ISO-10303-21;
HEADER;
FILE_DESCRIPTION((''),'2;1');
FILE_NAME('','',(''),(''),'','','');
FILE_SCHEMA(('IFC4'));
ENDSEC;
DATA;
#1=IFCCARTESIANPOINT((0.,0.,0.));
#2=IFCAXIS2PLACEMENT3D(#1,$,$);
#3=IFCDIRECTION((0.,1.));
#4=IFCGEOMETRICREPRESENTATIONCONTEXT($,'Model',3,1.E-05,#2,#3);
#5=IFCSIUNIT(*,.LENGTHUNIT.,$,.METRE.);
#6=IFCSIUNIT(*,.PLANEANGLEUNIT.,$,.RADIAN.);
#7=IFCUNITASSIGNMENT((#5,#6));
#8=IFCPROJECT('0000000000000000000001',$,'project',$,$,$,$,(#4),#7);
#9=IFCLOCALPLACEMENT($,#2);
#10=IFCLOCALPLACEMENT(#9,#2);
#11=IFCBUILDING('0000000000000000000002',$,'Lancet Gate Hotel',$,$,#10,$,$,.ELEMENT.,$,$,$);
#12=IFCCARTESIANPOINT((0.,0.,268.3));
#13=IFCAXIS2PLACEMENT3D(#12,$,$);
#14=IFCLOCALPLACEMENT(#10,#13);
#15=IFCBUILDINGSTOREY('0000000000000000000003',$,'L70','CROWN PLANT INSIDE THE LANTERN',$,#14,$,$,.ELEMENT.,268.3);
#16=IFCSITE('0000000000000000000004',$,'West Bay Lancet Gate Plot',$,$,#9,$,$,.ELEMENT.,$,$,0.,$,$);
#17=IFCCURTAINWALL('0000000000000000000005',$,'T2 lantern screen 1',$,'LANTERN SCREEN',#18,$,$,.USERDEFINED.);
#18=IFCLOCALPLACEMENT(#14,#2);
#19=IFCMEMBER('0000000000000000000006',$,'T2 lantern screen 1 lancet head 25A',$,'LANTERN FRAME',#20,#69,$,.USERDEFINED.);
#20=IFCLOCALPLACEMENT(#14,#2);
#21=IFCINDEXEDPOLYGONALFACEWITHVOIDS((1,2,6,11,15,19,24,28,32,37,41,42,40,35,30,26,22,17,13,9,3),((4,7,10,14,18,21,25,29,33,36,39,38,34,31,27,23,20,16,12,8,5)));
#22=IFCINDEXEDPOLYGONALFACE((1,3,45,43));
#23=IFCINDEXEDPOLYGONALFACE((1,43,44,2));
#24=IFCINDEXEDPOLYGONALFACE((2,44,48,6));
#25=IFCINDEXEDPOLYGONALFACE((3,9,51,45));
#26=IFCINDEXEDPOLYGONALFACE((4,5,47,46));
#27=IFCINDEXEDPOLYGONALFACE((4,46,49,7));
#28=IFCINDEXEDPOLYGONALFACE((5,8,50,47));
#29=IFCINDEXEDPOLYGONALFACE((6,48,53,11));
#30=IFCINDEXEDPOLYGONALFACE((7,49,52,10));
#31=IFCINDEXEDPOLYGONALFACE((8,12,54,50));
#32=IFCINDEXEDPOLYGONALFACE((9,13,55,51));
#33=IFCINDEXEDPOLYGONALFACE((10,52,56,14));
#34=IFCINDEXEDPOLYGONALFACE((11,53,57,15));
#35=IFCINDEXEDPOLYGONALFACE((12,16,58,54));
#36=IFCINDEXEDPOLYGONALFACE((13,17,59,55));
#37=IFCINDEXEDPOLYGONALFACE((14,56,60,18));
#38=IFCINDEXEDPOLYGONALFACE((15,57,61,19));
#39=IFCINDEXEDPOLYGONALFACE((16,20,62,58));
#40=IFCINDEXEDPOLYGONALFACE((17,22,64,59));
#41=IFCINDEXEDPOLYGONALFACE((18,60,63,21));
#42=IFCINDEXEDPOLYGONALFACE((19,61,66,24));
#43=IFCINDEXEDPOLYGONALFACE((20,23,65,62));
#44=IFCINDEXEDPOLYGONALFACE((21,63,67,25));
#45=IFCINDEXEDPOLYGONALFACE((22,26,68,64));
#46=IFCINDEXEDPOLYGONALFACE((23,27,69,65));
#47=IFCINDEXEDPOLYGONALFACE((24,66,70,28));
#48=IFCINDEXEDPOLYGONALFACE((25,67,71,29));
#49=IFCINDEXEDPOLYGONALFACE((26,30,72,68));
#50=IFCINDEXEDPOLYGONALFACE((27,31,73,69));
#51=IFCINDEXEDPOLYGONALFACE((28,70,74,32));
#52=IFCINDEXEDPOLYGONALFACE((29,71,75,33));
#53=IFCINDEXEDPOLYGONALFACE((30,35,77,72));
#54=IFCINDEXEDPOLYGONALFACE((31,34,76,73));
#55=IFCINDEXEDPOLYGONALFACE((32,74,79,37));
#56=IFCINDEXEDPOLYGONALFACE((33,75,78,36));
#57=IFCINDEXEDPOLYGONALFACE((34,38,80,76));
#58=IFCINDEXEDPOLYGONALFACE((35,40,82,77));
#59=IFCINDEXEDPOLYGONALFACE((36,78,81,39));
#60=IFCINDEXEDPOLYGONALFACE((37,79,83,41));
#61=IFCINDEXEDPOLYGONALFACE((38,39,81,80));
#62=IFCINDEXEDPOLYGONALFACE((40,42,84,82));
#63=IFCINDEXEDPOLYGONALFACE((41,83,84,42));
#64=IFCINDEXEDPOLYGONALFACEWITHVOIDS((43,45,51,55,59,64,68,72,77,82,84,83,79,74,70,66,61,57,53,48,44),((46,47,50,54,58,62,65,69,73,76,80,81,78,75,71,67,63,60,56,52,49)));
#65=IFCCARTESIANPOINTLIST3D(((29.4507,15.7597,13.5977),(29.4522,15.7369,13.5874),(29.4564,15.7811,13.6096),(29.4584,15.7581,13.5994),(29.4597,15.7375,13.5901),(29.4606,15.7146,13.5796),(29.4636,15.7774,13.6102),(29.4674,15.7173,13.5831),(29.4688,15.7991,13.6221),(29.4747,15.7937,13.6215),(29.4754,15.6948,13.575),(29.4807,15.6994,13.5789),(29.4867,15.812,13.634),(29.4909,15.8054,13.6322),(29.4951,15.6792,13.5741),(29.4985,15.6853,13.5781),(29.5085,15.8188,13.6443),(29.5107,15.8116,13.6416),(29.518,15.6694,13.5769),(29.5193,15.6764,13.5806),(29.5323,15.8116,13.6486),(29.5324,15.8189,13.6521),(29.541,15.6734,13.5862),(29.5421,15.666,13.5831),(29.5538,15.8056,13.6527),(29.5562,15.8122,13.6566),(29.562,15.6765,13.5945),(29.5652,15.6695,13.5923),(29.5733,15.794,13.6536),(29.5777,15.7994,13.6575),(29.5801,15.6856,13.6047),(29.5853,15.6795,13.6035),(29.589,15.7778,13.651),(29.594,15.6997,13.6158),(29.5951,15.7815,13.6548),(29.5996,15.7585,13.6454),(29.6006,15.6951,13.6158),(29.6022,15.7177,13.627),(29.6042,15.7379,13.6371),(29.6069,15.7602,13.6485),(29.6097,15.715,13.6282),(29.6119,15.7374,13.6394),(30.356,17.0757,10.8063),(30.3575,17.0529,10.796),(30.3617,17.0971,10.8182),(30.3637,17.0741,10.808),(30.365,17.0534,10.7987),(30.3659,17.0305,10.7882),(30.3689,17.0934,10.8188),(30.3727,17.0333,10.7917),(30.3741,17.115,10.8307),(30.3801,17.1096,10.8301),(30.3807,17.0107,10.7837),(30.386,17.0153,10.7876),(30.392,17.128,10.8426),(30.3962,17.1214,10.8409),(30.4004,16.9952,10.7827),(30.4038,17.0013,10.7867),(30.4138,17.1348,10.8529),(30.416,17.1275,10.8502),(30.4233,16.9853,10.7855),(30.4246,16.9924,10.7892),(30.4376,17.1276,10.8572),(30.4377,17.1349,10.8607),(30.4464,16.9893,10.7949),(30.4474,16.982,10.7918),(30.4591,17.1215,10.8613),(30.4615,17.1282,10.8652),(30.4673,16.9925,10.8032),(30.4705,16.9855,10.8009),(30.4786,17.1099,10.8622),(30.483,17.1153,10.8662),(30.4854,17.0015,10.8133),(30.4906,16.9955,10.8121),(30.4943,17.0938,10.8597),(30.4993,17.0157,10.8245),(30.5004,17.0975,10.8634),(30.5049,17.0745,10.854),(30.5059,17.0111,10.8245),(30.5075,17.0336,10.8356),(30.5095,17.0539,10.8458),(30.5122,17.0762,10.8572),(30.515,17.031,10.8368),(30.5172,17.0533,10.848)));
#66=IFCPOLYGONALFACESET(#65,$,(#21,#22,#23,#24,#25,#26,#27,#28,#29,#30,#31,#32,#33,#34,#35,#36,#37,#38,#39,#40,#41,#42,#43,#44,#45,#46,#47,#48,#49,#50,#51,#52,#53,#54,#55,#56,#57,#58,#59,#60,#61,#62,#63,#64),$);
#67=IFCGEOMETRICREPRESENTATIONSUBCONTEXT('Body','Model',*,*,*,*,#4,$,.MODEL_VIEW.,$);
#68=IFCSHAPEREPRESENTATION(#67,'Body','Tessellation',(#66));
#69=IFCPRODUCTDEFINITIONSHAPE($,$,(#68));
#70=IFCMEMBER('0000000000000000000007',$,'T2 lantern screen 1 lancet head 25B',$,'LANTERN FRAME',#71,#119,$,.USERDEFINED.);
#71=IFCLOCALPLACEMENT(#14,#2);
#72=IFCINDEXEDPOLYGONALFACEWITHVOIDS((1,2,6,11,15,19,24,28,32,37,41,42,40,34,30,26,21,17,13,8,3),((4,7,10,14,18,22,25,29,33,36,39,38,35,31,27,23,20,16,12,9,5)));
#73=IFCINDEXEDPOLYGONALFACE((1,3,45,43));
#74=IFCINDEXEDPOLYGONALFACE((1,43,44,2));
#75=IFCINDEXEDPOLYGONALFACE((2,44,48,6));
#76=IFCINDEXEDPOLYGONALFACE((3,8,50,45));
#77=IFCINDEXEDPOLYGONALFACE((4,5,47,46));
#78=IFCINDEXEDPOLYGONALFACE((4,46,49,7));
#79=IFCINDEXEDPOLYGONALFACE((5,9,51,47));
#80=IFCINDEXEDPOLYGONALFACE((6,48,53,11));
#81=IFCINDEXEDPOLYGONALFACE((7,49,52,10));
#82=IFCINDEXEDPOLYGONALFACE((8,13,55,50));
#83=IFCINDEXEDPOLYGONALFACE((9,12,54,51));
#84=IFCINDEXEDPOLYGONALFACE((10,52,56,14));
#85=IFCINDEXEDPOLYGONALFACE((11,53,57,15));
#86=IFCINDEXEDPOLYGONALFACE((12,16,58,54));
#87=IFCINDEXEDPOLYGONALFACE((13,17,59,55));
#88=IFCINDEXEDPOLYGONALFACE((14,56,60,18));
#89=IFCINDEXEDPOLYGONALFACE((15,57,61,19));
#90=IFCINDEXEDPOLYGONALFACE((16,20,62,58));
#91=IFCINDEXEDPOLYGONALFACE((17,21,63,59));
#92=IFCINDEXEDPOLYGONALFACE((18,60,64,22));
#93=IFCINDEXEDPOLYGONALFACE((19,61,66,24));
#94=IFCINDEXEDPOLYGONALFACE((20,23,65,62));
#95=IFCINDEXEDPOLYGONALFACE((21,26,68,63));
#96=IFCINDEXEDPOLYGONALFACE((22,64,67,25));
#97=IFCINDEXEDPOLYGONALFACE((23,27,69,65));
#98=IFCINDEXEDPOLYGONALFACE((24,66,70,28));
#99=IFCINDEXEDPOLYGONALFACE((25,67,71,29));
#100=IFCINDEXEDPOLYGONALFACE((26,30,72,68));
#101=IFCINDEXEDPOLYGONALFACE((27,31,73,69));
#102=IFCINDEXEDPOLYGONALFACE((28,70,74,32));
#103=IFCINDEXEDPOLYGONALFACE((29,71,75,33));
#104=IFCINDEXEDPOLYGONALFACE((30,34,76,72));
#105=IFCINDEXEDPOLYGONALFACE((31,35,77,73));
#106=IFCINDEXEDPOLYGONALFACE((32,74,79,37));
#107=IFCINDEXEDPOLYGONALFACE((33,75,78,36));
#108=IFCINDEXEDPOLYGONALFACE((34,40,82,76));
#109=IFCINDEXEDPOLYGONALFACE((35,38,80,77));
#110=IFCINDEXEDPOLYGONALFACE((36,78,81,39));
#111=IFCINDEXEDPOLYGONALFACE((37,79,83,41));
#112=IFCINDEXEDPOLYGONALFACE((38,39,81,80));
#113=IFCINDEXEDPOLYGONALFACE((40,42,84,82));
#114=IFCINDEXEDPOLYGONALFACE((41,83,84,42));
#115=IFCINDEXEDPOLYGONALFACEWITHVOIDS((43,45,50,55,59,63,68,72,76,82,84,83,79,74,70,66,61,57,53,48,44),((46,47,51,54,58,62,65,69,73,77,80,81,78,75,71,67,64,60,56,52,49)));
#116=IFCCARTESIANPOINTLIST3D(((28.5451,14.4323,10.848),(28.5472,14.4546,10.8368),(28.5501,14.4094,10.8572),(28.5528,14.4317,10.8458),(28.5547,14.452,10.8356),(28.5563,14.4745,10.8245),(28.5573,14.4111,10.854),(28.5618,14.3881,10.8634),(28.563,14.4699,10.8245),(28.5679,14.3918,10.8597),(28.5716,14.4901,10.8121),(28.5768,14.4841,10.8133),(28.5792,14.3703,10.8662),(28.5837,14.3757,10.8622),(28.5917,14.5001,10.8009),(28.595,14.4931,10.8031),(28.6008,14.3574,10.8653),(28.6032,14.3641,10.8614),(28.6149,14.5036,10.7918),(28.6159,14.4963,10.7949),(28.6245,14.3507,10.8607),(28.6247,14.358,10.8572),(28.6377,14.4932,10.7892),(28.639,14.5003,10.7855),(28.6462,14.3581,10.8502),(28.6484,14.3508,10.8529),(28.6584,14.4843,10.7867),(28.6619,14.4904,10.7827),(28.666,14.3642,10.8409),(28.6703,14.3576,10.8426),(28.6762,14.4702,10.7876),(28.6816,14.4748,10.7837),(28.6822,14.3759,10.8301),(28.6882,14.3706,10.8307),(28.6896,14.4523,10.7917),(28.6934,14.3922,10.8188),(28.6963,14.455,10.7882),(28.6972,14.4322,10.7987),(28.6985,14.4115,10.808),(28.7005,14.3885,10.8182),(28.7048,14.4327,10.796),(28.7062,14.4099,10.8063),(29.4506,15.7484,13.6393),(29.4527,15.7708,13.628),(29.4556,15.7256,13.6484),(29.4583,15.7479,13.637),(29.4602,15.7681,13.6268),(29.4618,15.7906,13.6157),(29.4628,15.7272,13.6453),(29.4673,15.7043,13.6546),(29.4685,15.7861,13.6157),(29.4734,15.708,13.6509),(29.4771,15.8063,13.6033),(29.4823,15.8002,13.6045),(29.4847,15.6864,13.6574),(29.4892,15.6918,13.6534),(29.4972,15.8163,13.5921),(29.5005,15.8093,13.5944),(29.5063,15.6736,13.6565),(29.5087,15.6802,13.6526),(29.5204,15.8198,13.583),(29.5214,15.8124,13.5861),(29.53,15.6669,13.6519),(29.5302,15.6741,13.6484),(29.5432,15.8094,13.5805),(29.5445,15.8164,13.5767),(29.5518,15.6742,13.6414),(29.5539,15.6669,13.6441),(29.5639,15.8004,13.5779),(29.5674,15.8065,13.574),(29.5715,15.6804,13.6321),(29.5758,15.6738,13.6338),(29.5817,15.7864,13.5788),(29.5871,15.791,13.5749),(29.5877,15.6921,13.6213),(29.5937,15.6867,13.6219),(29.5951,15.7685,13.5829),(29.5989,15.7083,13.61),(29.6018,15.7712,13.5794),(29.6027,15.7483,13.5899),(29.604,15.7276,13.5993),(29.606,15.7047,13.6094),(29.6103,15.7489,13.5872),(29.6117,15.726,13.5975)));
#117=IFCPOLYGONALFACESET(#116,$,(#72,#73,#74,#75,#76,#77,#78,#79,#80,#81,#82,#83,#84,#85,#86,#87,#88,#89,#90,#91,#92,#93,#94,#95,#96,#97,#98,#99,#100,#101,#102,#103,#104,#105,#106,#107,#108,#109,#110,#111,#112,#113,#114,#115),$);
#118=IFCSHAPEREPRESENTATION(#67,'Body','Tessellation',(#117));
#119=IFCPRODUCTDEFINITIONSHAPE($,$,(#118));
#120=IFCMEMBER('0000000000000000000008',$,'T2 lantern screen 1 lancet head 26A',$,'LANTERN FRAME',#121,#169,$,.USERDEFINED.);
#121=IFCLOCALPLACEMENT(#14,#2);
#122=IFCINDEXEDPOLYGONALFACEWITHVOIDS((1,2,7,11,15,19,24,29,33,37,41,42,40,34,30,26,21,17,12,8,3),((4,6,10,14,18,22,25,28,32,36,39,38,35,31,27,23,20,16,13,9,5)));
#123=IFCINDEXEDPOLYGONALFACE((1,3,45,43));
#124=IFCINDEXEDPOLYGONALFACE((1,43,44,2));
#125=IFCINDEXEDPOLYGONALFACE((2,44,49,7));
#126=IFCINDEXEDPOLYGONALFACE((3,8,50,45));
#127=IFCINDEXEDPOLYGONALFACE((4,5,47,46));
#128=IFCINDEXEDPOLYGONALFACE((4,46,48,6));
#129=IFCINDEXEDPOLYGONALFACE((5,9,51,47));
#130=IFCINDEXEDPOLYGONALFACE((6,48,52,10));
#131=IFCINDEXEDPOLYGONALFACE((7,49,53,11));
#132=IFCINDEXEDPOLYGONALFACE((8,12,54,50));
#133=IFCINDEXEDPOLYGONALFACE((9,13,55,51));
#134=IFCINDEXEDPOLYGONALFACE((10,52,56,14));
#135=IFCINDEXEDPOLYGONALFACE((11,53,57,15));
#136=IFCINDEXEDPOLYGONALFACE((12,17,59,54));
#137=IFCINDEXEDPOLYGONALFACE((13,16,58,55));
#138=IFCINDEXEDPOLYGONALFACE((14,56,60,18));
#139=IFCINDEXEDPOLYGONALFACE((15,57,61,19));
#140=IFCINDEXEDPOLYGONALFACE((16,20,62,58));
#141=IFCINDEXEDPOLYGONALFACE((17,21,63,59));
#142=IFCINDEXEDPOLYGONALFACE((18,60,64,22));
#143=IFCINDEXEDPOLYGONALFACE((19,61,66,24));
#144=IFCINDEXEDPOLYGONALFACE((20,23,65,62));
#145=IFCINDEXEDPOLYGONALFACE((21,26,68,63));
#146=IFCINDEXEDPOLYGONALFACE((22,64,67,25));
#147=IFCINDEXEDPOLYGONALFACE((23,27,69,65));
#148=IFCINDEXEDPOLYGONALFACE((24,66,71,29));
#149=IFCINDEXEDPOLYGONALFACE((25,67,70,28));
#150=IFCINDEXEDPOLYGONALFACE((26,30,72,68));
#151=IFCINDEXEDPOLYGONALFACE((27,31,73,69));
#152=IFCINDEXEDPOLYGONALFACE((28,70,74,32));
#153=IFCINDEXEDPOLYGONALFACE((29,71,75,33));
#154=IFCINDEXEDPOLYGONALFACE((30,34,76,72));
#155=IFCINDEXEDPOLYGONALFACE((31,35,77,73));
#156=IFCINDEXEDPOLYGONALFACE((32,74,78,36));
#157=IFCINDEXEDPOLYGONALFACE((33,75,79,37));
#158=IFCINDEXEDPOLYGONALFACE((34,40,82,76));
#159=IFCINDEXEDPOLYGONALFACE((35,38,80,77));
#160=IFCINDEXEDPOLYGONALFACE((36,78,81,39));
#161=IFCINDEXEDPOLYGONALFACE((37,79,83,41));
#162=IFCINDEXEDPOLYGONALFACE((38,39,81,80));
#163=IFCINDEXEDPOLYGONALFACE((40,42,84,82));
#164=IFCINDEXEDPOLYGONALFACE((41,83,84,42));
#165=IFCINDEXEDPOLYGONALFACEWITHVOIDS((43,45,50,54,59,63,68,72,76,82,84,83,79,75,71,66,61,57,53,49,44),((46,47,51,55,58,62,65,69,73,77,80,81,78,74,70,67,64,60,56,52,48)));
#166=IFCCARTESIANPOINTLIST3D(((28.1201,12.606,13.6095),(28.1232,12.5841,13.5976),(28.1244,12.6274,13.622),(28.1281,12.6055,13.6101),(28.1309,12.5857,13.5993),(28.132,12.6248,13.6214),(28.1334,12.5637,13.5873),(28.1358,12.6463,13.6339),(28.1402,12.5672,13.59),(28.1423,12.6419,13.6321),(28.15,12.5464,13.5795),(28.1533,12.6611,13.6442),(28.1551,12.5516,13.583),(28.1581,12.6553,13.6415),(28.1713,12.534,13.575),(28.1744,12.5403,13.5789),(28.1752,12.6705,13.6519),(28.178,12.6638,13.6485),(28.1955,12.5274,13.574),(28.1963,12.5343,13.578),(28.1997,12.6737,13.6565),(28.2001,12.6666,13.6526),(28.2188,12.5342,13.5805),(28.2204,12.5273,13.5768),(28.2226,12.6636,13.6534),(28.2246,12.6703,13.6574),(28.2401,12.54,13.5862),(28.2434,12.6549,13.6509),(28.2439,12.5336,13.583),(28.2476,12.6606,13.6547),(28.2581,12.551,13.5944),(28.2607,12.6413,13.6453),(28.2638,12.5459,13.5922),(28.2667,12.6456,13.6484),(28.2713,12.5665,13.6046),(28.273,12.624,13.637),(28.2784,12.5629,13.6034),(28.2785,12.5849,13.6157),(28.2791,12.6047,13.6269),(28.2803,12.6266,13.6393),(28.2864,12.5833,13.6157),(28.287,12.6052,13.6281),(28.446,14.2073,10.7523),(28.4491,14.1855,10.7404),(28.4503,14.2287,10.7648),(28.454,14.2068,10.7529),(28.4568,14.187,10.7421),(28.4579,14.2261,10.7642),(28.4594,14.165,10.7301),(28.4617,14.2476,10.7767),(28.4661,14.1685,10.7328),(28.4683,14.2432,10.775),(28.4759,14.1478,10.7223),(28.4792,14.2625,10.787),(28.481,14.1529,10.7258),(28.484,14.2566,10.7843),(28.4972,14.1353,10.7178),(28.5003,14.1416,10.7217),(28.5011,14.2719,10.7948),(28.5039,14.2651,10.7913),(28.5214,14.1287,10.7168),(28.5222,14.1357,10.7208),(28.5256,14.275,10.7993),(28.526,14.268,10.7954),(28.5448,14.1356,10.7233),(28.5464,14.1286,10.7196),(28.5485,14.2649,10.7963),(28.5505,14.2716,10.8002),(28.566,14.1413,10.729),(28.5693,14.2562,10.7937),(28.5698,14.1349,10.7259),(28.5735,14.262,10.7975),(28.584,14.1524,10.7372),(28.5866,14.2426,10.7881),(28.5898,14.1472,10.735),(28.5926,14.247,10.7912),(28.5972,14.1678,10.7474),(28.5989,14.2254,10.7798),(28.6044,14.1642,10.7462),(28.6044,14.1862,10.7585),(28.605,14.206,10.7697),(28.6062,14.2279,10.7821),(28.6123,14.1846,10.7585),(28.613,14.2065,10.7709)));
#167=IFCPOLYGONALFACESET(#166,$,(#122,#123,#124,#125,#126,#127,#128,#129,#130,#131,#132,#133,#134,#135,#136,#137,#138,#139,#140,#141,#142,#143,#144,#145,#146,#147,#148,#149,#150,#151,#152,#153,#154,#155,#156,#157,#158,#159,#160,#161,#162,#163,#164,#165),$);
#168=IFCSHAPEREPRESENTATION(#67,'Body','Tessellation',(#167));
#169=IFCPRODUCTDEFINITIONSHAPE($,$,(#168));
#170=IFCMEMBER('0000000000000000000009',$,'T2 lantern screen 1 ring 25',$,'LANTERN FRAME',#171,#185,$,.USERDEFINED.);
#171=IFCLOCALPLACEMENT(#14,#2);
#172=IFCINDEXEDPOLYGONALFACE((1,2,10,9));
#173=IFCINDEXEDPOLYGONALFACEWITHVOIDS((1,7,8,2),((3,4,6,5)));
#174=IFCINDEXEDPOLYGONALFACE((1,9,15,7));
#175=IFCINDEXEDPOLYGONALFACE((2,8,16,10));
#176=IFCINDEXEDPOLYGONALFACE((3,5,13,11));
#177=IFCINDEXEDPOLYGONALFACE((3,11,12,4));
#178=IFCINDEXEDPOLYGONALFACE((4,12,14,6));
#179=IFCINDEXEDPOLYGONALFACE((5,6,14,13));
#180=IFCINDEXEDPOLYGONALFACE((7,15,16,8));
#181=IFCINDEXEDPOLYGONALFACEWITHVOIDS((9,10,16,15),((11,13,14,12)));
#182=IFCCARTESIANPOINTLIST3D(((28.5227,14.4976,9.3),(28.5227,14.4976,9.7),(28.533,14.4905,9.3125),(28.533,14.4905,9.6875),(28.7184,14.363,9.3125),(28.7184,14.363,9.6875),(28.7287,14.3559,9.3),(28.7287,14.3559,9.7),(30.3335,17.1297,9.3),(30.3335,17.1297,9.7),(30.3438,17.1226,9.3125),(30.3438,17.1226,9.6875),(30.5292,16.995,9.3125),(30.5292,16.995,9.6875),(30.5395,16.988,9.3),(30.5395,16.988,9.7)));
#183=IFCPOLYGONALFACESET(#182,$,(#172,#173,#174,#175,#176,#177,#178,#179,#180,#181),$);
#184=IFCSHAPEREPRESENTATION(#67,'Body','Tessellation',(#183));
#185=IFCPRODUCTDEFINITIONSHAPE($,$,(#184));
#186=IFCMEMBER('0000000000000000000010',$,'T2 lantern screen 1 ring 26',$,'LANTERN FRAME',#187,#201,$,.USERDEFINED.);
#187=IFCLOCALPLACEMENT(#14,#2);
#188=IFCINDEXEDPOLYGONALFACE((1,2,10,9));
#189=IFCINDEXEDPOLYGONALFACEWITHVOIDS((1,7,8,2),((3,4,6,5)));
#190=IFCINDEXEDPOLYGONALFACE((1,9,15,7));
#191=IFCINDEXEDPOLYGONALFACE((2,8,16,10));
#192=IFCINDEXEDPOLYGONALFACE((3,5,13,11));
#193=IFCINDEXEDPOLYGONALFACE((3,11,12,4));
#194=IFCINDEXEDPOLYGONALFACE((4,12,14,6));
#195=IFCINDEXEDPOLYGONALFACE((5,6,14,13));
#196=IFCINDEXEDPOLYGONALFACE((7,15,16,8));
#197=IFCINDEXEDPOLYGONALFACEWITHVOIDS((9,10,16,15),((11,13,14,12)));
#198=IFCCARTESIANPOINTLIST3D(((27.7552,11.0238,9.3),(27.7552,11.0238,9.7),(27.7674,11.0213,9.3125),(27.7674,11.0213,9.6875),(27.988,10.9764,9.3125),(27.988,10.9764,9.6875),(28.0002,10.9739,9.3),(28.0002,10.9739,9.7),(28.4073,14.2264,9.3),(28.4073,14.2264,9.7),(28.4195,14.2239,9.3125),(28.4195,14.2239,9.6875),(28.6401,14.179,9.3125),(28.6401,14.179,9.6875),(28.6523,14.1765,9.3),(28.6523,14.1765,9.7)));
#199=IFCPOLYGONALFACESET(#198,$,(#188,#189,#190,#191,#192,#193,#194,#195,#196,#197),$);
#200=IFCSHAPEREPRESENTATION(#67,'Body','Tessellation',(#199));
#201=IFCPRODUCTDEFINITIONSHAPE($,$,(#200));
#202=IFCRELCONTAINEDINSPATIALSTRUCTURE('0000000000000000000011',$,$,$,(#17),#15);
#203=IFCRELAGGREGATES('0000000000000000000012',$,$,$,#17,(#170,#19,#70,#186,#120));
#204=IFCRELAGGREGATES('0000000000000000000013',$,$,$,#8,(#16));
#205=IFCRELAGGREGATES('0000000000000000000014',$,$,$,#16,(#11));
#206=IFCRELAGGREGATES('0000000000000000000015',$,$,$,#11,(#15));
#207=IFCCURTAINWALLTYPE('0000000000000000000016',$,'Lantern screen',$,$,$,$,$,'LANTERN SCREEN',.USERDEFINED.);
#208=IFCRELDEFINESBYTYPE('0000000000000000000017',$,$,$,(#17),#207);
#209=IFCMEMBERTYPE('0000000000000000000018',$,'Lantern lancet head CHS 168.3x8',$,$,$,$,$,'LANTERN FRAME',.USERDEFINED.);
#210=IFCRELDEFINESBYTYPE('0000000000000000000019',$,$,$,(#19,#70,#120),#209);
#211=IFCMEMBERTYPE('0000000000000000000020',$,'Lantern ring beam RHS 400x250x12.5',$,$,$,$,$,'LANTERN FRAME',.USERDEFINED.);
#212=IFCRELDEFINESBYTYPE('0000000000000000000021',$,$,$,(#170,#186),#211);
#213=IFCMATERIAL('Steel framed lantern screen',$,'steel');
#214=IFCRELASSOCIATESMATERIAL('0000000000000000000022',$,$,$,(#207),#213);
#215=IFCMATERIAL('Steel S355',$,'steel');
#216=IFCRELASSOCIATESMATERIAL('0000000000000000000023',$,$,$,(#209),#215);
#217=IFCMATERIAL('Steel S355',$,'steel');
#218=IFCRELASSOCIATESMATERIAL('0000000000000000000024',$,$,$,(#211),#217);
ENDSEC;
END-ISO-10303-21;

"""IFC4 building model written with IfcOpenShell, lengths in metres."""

from ifc_helpers import new_model, si_unit, direction, frame, origin, origin_2d, place, context, subcontext, project, spatial, hollow_rectangle, hollow_circle, extrude, material, material_profile, profile_set, type_object, element, aggregate, save


model = new_model("IFC4")

# Units and contexts
model_context = context("Model", 3, precision=1e-05, world=origin(), true_north=direction((0.0, 1.0)))
body_context = subcontext(model_context, "Body", "Model", "MODEL_VIEW")
ifc_project = project(units=[si_unit("LENGTHUNIT", "METRE"), si_unit("PLANEANGLEUNIT", "RADIAN")], contexts=[model_context])

# Site, building, storey
site_placement = place(None, origin())
site = spatial("IfcSite", under=ifc_project, at=site_placement, Name="West Bay Lancet Gate Plot", CompositionType="ELEMENT", RefElevation=0.0)
building_placement = place(site_placement, origin())
building = spatial("IfcBuilding", under=site, at=building_placement, Name="Lancet Gate Hotel", CompositionType="ELEMENT")
storey_placement = place(building_placement, frame((0.0, 0.0, 268.3)))
storey = spatial("IfcBuildingStorey", under=building, at=storey_placement, Name="L70", Description="CROWN PLANT INSIDE THE LANTERN", CompositionType="ELEMENT", Elevation=268.3)

# Curtain wall
ifc_material_1 = material(Name="Steel framed lantern screen", Category="steel")
curtain_wall_type = type_object("IfcCurtainWallType", Name="Lantern screen", ElementType="LANTERN SCREEN", PredefinedType="USERDEFINED", material=ifc_material_1)
curtain_wall_1_placement = place(storey_placement, origin())
curtain_wall_1 = element("IfcCurtainWall", 1, at=curtain_wall_1_placement, inside=storey, type_object=curtain_wall_type, Name="T2 lantern screen 1", ObjectType="LANTERN SCREEN", PredefinedType="USERDEFINED")

# Members
ifc_material_2 = material(Name="Steel S355", Category="steel")
ifc_material_profile_1 = material_profile(ifc_material_2, hollow_circle(Radius=0.0842, WallThickness=0.0081, at=origin_2d()), Name="CHS 168.3x8.0")
ifc_profile_set_1 = profile_set([ifc_material_profile_1], Name="Steel S355")
member_type_1 = type_object("IfcMemberType", Name="Lantern lancet head CHS 168.3x8", ElementType="LANTERN FRAME", PredefinedType="USERDEFINED", material=ifc_profile_set_1)
member_1_placement = place(storey_placement, frame((30.4365, 17.0588, 10.8245), z_axis=(-0.281495, -0.409186, 0.867944), x_axis=(0.823872, -0.566775, 0.0)))
member_1 = element("IfcMember", 2, at=member_1_placement, type_object=member_type_1, Name="T2 lantern screen 1 lancet head 25A", ObjectType="LANTERN FRAME", PredefinedType="USERDEFINED", context=body_context, shape_type="SweptSolid", body=[
    extrude(hollow_circle(Radius=0.0842, WallThickness=0.0081, at=origin_2d()), origin(), (0.0, 0.0, 1.0), 3.2161),
])
member_2_placement = place(storey_placement, frame((28.6257, 14.4268, 10.8245), z_axis=(0.281557, 0.40924, 0.867899), x_axis=(-0.82385, 0.566808, 0.0)))
member_2 = element("IfcMember", 3, at=member_2_placement, type_object=member_type_1, Name="T2 lantern screen 1 lancet head 25B", ObjectType="LANTERN FRAME", PredefinedType="USERDEFINED", context=body_context, shape_type="SweptSolid", body=[
    extrude(hollow_circle(Radius=0.0842, WallThickness=0.0081, at=origin_2d()), origin(), (0.0, 0.0, 1.0), 3.2161),
])
member_3_placement = place(storey_placement, frame((28.5298, 14.2014, 10.7585), z_axis=(-0.099021, -0.486502, 0.86805), x_axis=(0.979908, -0.199448, 0.0)))
member_3 = element("IfcMember", 4, at=member_3_placement, type_object=member_type_1, Name="T2 lantern screen 1 lancet head 26A", ObjectType="LANTERN FRAME", PredefinedType="USERDEFINED", context=body_context, shape_type="SweptSolid", body=[
    extrude(hollow_circle(Radius=0.0842, WallThickness=0.0081, at=origin_2d()), origin(), (0.0, 0.0, 1.0), 3.2915),
])
ifc_material_3 = material(Name="Steel S355", Category="steel")
ifc_material_profile_2 = material_profile(ifc_material_3, hollow_rectangle(XDim=0.25, YDim=0.3999, WallThickness=0.0125, at=origin_2d()), Name="RHS 400x250x12.5")
ifc_profile_set_2 = profile_set([ifc_material_profile_2], Name="Steel S355")
member_type_2 = type_object("IfcMemberType", Name="Lantern ring beam RHS 400x250x12.5", ElementType="LANTERN FRAME", PredefinedType="USERDEFINED", material=ifc_profile_set_2)
member_4_placement = place(storey_placement, frame((30.4365, 17.0588, 9.5), z_axis=(-0.566791, -0.823861, 0.0), x_axis=(0.823861, -0.566791, 0.0)))
member_4 = element("IfcMember", 5, at=member_4_placement, type_object=member_type_2, Name="T2 lantern screen 1 ring 25", ObjectType="LANTERN FRAME", PredefinedType="USERDEFINED", context=body_context, shape_type="SweptSolid", body=[
    extrude(hollow_rectangle(XDim=0.25, YDim=0.3999, WallThickness=0.0125, at=origin_2d()), origin(), (0.0, 0.0, 1.0), 3.1948),
])
member_5_placement = place(storey_placement, frame((28.5298, 14.2014, 9.5), z_axis=(-0.199519, -0.979894, 0.0), x_axis=(0.979894, -0.199519, 0.0)))
member_5 = element("IfcMember", 6, at=member_5_placement, type_object=member_type_2, Name="T2 lantern screen 1 ring 26", ObjectType="LANTERN FRAME", PredefinedType="USERDEFINED", context=body_context, shape_type="SweptSolid", body=[
    extrude(hollow_rectangle(XDim=0.25, YDim=0.3999, WallThickness=0.0125, at=origin_2d()), origin(), (0.0, 0.0, 1.0), 3.2683),
])

aggregate(curtain_wall_1, [member_4, member_1, member_2, member_5, member_3])

save(model, "model.ifc")
